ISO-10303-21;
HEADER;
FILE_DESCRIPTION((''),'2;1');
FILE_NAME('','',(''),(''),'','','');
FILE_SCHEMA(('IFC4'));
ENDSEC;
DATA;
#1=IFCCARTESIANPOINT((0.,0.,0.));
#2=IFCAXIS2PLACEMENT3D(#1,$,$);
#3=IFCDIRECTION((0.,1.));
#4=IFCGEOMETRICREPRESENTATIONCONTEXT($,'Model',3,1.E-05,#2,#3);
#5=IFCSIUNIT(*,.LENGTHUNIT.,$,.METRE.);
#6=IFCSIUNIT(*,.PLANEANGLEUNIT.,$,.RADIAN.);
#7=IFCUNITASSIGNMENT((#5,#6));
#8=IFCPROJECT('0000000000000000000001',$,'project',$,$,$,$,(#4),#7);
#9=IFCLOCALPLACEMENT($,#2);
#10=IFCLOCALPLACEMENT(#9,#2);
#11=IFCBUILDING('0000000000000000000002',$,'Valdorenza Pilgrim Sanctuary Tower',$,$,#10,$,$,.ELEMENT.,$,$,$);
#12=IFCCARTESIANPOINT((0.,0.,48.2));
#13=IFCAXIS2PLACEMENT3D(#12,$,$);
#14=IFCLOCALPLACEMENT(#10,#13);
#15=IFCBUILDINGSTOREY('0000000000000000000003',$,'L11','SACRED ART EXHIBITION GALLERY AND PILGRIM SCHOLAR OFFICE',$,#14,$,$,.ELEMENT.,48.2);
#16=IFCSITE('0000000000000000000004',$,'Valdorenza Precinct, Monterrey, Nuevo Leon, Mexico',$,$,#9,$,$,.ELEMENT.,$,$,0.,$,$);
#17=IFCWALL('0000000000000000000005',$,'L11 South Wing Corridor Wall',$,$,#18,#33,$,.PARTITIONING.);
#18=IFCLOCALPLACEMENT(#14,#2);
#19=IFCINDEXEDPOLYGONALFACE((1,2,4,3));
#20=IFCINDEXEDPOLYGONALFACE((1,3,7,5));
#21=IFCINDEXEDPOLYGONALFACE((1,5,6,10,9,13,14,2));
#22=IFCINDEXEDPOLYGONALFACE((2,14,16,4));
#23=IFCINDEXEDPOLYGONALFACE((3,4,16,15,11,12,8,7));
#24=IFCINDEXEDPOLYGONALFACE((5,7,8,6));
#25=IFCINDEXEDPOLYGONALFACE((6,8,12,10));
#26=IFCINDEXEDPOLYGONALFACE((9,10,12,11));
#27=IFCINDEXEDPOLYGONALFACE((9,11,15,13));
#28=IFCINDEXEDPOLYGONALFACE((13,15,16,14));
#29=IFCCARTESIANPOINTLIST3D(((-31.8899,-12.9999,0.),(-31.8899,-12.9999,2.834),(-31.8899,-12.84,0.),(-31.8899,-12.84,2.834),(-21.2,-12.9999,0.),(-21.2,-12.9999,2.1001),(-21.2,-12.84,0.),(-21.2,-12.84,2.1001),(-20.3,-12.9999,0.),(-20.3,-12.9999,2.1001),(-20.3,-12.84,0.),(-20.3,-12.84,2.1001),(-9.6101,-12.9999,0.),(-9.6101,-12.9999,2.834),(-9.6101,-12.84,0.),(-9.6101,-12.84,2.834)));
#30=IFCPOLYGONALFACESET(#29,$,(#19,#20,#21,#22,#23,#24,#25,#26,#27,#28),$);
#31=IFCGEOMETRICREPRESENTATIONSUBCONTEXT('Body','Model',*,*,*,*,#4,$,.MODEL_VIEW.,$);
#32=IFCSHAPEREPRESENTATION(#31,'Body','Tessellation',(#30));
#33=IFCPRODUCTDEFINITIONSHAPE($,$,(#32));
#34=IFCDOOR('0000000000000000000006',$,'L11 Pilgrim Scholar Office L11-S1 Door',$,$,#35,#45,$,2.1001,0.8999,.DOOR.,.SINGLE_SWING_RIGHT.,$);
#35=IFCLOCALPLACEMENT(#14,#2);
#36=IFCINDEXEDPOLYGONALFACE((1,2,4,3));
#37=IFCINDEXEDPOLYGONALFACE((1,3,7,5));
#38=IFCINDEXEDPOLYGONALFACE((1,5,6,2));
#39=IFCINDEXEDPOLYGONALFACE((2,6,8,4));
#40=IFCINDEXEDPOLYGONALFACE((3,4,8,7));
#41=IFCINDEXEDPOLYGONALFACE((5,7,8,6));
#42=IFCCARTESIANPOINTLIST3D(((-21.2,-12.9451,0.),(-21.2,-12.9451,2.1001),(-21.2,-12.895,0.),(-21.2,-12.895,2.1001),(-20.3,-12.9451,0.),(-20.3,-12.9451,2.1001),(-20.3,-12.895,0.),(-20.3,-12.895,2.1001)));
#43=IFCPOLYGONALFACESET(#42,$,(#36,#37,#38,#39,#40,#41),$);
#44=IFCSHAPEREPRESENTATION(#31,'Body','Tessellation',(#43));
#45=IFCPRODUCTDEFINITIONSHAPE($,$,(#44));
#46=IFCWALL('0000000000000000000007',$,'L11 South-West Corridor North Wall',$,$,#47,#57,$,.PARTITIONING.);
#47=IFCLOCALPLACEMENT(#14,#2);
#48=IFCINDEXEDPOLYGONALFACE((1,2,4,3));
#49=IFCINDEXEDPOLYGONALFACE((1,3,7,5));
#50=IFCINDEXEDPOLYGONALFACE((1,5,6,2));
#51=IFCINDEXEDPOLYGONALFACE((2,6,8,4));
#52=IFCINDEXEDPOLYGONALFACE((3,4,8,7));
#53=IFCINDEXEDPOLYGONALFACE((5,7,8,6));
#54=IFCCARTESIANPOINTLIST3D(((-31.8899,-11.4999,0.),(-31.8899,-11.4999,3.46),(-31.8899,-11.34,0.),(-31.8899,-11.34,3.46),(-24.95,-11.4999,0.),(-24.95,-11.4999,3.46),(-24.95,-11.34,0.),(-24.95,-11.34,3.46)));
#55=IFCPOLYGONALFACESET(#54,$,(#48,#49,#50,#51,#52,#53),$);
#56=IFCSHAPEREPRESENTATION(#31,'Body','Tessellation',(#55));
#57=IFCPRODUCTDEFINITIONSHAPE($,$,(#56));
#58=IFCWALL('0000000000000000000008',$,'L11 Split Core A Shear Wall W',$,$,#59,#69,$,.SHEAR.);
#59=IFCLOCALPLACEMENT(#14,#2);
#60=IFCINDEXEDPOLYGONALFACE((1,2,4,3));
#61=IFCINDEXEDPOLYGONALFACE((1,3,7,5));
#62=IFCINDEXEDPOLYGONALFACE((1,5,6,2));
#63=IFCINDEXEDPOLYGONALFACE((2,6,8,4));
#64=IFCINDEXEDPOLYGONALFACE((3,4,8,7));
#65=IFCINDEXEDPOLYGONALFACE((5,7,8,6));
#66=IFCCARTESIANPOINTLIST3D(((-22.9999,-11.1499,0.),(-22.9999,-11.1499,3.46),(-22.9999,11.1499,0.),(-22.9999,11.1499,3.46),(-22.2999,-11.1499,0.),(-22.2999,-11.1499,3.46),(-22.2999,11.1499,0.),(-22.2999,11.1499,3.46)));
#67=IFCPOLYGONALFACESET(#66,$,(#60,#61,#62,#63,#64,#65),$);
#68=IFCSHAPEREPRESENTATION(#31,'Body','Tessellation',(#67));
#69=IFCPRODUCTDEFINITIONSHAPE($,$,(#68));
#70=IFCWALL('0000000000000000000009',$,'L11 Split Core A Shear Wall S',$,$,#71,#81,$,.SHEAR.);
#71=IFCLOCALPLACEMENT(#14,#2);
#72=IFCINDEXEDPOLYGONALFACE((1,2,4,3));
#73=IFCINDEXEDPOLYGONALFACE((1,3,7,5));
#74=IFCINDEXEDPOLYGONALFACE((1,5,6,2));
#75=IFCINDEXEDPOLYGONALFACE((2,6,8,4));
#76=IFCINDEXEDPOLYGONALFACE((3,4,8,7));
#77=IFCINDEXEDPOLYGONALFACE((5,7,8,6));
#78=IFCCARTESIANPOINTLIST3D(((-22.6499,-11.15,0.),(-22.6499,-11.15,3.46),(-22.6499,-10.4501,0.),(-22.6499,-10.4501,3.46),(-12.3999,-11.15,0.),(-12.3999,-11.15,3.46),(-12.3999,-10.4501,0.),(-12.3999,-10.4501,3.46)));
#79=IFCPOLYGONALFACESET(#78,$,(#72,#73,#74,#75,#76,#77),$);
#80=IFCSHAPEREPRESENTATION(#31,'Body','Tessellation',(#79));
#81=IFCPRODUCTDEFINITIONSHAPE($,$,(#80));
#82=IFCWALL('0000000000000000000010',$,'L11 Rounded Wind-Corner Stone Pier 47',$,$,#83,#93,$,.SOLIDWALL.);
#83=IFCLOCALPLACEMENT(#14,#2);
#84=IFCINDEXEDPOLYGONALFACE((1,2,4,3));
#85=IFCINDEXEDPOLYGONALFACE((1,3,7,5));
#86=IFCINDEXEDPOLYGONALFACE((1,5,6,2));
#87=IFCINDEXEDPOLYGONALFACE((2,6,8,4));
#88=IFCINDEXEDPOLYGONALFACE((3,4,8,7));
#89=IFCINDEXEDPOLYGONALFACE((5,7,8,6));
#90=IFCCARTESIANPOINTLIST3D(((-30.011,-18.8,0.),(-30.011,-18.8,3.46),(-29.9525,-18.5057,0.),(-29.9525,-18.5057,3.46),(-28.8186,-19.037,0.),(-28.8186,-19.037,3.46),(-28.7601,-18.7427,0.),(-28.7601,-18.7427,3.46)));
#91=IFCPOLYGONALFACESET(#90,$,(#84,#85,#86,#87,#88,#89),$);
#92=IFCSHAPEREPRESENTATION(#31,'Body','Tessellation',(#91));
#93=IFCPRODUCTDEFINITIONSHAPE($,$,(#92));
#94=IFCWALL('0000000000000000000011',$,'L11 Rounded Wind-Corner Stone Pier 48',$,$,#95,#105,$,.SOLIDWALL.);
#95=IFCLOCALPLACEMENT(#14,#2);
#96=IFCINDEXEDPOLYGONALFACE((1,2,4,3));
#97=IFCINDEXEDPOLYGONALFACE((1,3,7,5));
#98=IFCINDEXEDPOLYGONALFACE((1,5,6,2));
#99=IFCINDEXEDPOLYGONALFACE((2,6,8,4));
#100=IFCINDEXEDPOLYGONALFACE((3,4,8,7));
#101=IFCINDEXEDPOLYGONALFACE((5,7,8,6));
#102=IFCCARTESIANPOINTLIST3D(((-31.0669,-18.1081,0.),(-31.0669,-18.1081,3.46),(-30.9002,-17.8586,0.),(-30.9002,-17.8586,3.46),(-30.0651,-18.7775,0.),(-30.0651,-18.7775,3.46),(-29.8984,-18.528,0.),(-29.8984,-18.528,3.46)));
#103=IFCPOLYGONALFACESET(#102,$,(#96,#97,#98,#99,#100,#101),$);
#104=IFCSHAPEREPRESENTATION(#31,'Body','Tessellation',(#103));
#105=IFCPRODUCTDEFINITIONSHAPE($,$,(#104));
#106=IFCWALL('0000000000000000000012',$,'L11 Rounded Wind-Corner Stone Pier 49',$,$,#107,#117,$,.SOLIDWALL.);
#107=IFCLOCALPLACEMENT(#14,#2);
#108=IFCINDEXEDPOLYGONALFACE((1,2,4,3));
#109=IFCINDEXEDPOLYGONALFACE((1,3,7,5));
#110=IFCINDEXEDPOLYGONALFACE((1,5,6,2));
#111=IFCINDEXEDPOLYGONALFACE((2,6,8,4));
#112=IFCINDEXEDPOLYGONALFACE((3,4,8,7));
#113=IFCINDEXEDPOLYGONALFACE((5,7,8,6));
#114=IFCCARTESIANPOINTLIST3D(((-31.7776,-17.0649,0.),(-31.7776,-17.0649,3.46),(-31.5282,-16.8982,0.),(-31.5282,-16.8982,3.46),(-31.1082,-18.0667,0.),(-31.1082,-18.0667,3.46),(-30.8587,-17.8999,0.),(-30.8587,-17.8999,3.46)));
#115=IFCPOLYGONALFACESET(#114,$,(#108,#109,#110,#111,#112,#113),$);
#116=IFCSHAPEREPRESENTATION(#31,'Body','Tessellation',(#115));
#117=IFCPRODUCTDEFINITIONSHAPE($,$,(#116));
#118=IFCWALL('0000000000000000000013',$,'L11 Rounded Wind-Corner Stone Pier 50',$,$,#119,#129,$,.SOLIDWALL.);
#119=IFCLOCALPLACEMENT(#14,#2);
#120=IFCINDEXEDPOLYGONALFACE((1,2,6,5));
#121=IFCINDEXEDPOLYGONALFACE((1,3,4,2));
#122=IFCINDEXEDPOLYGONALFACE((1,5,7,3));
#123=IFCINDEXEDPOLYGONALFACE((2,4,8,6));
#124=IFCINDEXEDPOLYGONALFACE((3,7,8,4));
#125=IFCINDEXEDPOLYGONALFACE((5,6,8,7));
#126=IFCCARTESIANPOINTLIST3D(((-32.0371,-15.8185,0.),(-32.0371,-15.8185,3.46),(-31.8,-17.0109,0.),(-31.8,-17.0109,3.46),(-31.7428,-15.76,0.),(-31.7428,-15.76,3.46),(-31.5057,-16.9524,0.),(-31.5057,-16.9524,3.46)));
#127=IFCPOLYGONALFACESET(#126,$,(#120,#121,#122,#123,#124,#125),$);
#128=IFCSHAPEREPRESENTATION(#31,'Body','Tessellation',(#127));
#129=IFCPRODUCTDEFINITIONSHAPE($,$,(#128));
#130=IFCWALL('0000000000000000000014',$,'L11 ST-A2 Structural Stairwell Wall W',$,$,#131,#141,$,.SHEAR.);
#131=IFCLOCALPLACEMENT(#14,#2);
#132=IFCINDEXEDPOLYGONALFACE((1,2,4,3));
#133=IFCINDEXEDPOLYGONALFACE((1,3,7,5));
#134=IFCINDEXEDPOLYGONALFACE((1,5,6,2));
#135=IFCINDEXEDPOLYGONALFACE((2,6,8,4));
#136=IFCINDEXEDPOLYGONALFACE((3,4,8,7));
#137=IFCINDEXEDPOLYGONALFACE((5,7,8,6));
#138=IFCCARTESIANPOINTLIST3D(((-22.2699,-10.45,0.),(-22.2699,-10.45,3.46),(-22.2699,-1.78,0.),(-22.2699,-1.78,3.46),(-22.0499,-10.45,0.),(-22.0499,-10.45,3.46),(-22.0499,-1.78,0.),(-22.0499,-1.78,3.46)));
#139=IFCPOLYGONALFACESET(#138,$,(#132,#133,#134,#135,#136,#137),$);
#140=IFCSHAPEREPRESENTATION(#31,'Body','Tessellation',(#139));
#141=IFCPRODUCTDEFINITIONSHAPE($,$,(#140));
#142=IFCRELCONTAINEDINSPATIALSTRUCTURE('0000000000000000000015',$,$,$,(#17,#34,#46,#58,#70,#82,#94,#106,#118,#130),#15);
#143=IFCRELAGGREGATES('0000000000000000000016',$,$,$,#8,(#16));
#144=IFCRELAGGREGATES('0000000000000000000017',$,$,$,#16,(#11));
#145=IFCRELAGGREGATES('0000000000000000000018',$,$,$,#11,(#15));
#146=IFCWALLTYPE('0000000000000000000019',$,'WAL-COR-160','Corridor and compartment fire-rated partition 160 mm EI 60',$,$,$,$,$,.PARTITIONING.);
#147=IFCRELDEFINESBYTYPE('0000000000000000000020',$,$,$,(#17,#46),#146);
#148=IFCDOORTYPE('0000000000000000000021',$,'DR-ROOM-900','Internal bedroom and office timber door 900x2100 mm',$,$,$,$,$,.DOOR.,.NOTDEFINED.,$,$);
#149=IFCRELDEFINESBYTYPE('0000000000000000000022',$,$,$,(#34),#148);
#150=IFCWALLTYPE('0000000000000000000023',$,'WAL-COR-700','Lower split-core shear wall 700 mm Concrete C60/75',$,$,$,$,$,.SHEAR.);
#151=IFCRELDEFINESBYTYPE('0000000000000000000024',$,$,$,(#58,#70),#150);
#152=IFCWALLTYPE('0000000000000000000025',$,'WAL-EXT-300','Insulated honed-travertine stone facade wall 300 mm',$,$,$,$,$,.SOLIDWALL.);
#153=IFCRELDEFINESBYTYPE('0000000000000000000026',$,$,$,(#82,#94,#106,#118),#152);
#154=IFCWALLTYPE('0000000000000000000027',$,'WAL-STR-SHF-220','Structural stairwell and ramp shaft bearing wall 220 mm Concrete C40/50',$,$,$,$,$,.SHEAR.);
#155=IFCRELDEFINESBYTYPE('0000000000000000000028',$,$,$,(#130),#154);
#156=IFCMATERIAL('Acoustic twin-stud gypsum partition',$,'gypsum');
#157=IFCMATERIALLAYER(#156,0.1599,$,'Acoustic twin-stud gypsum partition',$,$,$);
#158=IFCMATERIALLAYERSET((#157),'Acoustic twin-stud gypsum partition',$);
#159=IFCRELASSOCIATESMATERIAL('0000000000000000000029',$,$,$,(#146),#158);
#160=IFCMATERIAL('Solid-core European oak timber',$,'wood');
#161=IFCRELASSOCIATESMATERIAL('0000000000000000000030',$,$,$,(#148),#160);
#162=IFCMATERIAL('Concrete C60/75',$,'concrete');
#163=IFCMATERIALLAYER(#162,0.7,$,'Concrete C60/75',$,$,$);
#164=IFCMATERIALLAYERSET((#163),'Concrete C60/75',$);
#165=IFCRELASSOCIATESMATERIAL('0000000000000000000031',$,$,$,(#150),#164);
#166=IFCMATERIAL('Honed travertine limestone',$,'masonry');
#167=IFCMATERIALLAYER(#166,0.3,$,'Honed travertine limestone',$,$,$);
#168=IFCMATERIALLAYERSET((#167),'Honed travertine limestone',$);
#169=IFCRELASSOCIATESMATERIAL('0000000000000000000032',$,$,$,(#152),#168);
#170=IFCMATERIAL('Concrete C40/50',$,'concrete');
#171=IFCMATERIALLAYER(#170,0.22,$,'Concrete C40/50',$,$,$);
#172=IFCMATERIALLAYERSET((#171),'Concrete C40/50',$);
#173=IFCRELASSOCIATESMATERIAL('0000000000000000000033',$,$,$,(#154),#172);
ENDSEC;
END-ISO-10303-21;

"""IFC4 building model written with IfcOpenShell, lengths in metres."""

from ifc_helpers import new_model, si_unit, direction, frame, frame_2d, origin, place, context, subcontext, project, spatial, rectangle, extrude, material, layer, layer_set, type_object, element, fill, save


model = new_model("IFC4")

# Units and contexts
model_context = context("Model", 3, precision=1e-05, world=origin(), true_north=direction((0.0, 1.0)))
body_context = subcontext(model_context, "Body", "Model", "MODEL_VIEW")
ifc_project = project(units=[si_unit("LENGTHUNIT", "METRE"), si_unit("PLANEANGLEUNIT", "RADIAN")], contexts=[model_context])

# Site, building, storey
site_placement = place(None, origin())
site = spatial("IfcSite", under=ifc_project, at=site_placement, Name="Valdorenza Precinct, Monterrey, Nuevo Leon, Mexico", CompositionType="ELEMENT", RefElevation=0.0)
building_placement = place(site_placement, origin())
building = spatial("IfcBuilding", under=site, at=building_placement, Name="Valdorenza Pilgrim Sanctuary Tower", CompositionType="ELEMENT")
storey_placement = place(building_placement, frame((0.0, 0.0, 48.2)))
storey = spatial("IfcBuildingStorey", under=building, at=storey_placement, Name="L11", Description="SACRED ART EXHIBITION GALLERY AND PILGRIM SCHOLAR OFFICE", CompositionType="ELEMENT", Elevation=48.2)

# Shared definitions
ifc_material_1 = material(Name="Concrete C60/75", Category="concrete")

# Shared definitions
ifc_material_2 = material(Name="Honed travertine limestone", Category="masonry")

# Shared definitions
ifc_material_3 = material(Name="Acoustic twin-stud gypsum partition", Category="gypsum")
ifc_layer_1 = layer(ifc_material_3, 0.1599, Name="Acoustic twin-stud gypsum partition")
ifc_layer_set_1 = layer_set([ifc_layer_1], Name="Acoustic twin-stud gypsum partition")
wall_type_1 = type_object("IfcWallType", Name="WAL-COR-160", Description="Corridor and compartment fire-rated partition 160 mm EI 60", PredefinedType="PARTITIONING", material=ifc_layer_set_1)
ifc_material_4 = material(Name="Solid-core European oak timber", Category="wood")
door_type_1 = type_object("IfcDoorType", Name="DR-ROOM-900", Description="Internal bedroom and office timber door 900x2100 mm", OperationType="NOTDEFINED", PredefinedType="DOOR", material=ifc_material_4)

# Wall, opening, door
wall_1_placement = place(storey_placement, frame((-31.8899, -12.9199, 0.0), z_axis=(0.0, 0.0, 1.0), x_axis=(1.0, 0.0, 0.0)))
wall_1 = element("IfcWall", 1, at=wall_1_placement, inside=storey, type_object=wall_type_1, Name="L11 South Wing Corridor Wall", PredefinedType="PARTITIONING", context=body_context, shape_type="SweptSolid", body=[
    extrude(rectangle(XDim=22.2798, YDim=0.1599, at=frame_2d((11.1399, 0.0))), origin(), (0.0, 0.0, 1.0), 2.834),
])
opening_1_placement = place(wall_1_placement, frame((10.6899, 0.0, 0.0)))
opening_1 = element("IfcOpeningElement", 2, at=opening_1_placement, cuts=wall_1, PredefinedType="OPENING", context=body_context, shape_type="SweptSolid", body=[
    extrude(rectangle(XDim=0.8999, YDim=2.1001, at=frame_2d((0.45, 1.05))), frame((0.0, 0.0947, 0.0), z_axis=(0.0, -1.0, 0.0), x_axis=(1.0, 0.0, 0.0)), (0.0, 0.0, 1.0), 0.1897),
])
door_1_placement = place(opening_1_placement, origin())
door_1 = element("IfcDoor", 3, at=door_1_placement, inside=storey, type_object=door_type_1, Name="L11 Pilgrim Scholar Office L11-S1 Door", OperationType="SINGLE_SWING_RIGHT", OverallHeight=2.1001, OverallWidth=0.8999, PredefinedType="DOOR", context=body_context, shape_type="SweptSolid", body=[
    extrude(rectangle(XDim=0.8999, YDim=2.1001, at=frame_2d((0.45, 1.05))), frame((0.0, 0.0249, 0.0), z_axis=(0.0, -1.0, 0.0), x_axis=(1.0, 0.0, 0.0)), (0.0, 0.0, 1.0), 0.05),
])
fill(opening_1, door_1)

# Walls
wall_2_placement = place(storey_placement, frame((-31.8899, -11.4199, 0.0), z_axis=(0.0, 0.0, 1.0), x_axis=(1.0, 0.0, 0.0)))
element("IfcWall", 4, at=wall_2_placement, inside=storey, type_object=wall_type_1, Name="L11 South-West Corridor North Wall", PredefinedType="PARTITIONING", context=body_context, shape_type="SweptSolid", body=[
    extrude(rectangle(XDim=6.9399, YDim=0.1599, at=frame_2d((3.47, 0.0))), origin(), (0.0, 0.0, 1.0), 3.46),
])
ifc_layer_2 = layer(ifc_material_1, 0.7, Name="Concrete C60/75")
ifc_layer_set_2 = layer_set([ifc_layer_2], Name="Concrete C60/75")
wall_type_2 = type_object("IfcWallType", Name="WAL-COR-700", Description="Lower split-core shear wall 700 mm Concrete C60/75", PredefinedType="SHEAR", material=ifc_layer_set_2)
wall_3_placement = place(storey_placement, frame((-22.6499, -11.1499, 0.0), z_axis=(0.0, 0.0, 1.0), x_axis=(0.0, 1.0, 0.0)))
element("IfcWall", 5, at=wall_3_placement, inside=storey, type_object=wall_type_2, Name="L11 Split Core A Shear Wall W", PredefinedType="SHEAR", context=body_context, shape_type="SweptSolid", body=[
    extrude(rectangle(XDim=22.2998, YDim=0.7, at=frame_2d((11.1499, 0.0))), origin(), (0.0, 0.0, 1.0), 3.46),
])
wall_4_placement = place(storey_placement, frame((-22.6499, -10.8, 0.0), z_axis=(0.0, 0.0, 1.0), x_axis=(1.0, 0.0, 0.0)))
element("IfcWall", 6, at=wall_4_placement, inside=storey, type_object=wall_type_2, Name="L11 Split Core A Shear Wall S", PredefinedType="SHEAR", context=body_context, shape_type="SweptSolid", body=[
    extrude(rectangle(XDim=10.25, YDim=0.7, at=frame_2d((5.125, 0.0))), origin(), (0.0, 0.0, 1.0), 3.46),
])
ifc_layer_3 = layer(ifc_material_2, 0.3, Name="Honed travertine limestone")
ifc_layer_set_3 = layer_set([ifc_layer_3], Name="Honed travertine limestone")
wall_type_3 = type_object("IfcWallType", Name="WAL-EXT-300", Description="Insulated honed-travertine stone facade wall 300 mm", PredefinedType="SOLIDWALL", material=ifc_layer_set_3)
wall_5_placement = place(storey_placement, frame((-28.7893, -18.8899, 0.0), z_axis=(0.0, 0.0, 1.0), x_axis=(-0.980804, 0.194996, 0.0)))
element("IfcWall", 7, at=wall_5_placement, inside=storey, type_object=wall_type_3, Name="L11 Rounded Wind-Corner Stone Pier 47", PredefinedType="SOLIDWALL", context=body_context, shape_type="SweptSolid", body=[
    extrude(rectangle(XDim=1.2158, YDim=0.3, at=frame_2d((0.6079, 0.0))), origin(), (0.0, 0.0, 1.0), 3.46),
])
for number, where, z_axis, x_axis, name in (
    (8, (-29.9817, -18.6528, 0.0), (0.0, 0.0, 1.0), (-0.831426, 0.555635, 0.0), "L11 Rounded Wind-Corner Stone Pier 48"),
    (9, (-30.9834, -17.9834, 0.0), (0.0, 0.0, 1.0), (-0.555635, 0.831426, 0.0), "L11 Rounded Wind-Corner Stone Pier 49"),
):
    element("IfcWall", number, at=place(storey_placement, frame(where, z_axis=z_axis, x_axis=x_axis)), inside=storey, type_object=wall_type_3, Name=name, PredefinedType="SOLIDWALL", context=body_context, shape_type="SweptSolid", body=[
        extrude(rectangle(XDim=1.2048, YDim=0.3, at=frame_2d((0.6025, 0.0))), origin(), (0.0, 0.0, 1.0), 3.46),
    ])
wall_6_placement = place(storey_placement, frame((-31.6528, -16.9817, 0.0), z_axis=(0.0, 0.0, 1.0), x_axis=(-0.194996, 0.980804, 0.0)))
element("IfcWall", 10, at=wall_6_placement, inside=storey, type_object=wall_type_3, Name="L11 Rounded Wind-Corner Stone Pier 50", PredefinedType="SOLIDWALL", context=body_context, shape_type="SweptSolid", body=[
    extrude(rectangle(XDim=1.2158, YDim=0.3, at=frame_2d((0.6079, 0.0))), origin(), (0.0, 0.0, 1.0), 3.46),
])
ifc_material_5 = material(Name="Concrete C40/50", Category="concrete")
ifc_layer_4 = layer(ifc_material_5, 0.22, Name="Concrete C40/50")
ifc_layer_set_4 = layer_set([ifc_layer_4], Name="Concrete C40/50")
wall_type_4 = type_object("IfcWallType", Name="WAL-STR-SHF-220", Description="Structural stairwell and ramp shaft bearing wall 220 mm Concrete C40/50", PredefinedType="SHEAR", material=ifc_layer_set_4)
wall_7_placement = place(storey_placement, frame((-22.1599, -10.45, 0.0), z_axis=(0.0, 0.0, 1.0), x_axis=(0.0, 1.0, 0.0)))
element("IfcWall", 11, at=wall_7_placement, inside=storey, type_object=wall_type_4, Name="L11 ST-A2 Structural Stairwell Wall W", PredefinedType="SHEAR", context=body_context, shape_type="SweptSolid", body=[
    extrude(rectangle(XDim=8.6699, YDim=0.22, at=frame_2d((4.335, 0.0))), origin(), (0.0, 0.0, 1.0), 3.46),
])

save(model, "model.ifc")
